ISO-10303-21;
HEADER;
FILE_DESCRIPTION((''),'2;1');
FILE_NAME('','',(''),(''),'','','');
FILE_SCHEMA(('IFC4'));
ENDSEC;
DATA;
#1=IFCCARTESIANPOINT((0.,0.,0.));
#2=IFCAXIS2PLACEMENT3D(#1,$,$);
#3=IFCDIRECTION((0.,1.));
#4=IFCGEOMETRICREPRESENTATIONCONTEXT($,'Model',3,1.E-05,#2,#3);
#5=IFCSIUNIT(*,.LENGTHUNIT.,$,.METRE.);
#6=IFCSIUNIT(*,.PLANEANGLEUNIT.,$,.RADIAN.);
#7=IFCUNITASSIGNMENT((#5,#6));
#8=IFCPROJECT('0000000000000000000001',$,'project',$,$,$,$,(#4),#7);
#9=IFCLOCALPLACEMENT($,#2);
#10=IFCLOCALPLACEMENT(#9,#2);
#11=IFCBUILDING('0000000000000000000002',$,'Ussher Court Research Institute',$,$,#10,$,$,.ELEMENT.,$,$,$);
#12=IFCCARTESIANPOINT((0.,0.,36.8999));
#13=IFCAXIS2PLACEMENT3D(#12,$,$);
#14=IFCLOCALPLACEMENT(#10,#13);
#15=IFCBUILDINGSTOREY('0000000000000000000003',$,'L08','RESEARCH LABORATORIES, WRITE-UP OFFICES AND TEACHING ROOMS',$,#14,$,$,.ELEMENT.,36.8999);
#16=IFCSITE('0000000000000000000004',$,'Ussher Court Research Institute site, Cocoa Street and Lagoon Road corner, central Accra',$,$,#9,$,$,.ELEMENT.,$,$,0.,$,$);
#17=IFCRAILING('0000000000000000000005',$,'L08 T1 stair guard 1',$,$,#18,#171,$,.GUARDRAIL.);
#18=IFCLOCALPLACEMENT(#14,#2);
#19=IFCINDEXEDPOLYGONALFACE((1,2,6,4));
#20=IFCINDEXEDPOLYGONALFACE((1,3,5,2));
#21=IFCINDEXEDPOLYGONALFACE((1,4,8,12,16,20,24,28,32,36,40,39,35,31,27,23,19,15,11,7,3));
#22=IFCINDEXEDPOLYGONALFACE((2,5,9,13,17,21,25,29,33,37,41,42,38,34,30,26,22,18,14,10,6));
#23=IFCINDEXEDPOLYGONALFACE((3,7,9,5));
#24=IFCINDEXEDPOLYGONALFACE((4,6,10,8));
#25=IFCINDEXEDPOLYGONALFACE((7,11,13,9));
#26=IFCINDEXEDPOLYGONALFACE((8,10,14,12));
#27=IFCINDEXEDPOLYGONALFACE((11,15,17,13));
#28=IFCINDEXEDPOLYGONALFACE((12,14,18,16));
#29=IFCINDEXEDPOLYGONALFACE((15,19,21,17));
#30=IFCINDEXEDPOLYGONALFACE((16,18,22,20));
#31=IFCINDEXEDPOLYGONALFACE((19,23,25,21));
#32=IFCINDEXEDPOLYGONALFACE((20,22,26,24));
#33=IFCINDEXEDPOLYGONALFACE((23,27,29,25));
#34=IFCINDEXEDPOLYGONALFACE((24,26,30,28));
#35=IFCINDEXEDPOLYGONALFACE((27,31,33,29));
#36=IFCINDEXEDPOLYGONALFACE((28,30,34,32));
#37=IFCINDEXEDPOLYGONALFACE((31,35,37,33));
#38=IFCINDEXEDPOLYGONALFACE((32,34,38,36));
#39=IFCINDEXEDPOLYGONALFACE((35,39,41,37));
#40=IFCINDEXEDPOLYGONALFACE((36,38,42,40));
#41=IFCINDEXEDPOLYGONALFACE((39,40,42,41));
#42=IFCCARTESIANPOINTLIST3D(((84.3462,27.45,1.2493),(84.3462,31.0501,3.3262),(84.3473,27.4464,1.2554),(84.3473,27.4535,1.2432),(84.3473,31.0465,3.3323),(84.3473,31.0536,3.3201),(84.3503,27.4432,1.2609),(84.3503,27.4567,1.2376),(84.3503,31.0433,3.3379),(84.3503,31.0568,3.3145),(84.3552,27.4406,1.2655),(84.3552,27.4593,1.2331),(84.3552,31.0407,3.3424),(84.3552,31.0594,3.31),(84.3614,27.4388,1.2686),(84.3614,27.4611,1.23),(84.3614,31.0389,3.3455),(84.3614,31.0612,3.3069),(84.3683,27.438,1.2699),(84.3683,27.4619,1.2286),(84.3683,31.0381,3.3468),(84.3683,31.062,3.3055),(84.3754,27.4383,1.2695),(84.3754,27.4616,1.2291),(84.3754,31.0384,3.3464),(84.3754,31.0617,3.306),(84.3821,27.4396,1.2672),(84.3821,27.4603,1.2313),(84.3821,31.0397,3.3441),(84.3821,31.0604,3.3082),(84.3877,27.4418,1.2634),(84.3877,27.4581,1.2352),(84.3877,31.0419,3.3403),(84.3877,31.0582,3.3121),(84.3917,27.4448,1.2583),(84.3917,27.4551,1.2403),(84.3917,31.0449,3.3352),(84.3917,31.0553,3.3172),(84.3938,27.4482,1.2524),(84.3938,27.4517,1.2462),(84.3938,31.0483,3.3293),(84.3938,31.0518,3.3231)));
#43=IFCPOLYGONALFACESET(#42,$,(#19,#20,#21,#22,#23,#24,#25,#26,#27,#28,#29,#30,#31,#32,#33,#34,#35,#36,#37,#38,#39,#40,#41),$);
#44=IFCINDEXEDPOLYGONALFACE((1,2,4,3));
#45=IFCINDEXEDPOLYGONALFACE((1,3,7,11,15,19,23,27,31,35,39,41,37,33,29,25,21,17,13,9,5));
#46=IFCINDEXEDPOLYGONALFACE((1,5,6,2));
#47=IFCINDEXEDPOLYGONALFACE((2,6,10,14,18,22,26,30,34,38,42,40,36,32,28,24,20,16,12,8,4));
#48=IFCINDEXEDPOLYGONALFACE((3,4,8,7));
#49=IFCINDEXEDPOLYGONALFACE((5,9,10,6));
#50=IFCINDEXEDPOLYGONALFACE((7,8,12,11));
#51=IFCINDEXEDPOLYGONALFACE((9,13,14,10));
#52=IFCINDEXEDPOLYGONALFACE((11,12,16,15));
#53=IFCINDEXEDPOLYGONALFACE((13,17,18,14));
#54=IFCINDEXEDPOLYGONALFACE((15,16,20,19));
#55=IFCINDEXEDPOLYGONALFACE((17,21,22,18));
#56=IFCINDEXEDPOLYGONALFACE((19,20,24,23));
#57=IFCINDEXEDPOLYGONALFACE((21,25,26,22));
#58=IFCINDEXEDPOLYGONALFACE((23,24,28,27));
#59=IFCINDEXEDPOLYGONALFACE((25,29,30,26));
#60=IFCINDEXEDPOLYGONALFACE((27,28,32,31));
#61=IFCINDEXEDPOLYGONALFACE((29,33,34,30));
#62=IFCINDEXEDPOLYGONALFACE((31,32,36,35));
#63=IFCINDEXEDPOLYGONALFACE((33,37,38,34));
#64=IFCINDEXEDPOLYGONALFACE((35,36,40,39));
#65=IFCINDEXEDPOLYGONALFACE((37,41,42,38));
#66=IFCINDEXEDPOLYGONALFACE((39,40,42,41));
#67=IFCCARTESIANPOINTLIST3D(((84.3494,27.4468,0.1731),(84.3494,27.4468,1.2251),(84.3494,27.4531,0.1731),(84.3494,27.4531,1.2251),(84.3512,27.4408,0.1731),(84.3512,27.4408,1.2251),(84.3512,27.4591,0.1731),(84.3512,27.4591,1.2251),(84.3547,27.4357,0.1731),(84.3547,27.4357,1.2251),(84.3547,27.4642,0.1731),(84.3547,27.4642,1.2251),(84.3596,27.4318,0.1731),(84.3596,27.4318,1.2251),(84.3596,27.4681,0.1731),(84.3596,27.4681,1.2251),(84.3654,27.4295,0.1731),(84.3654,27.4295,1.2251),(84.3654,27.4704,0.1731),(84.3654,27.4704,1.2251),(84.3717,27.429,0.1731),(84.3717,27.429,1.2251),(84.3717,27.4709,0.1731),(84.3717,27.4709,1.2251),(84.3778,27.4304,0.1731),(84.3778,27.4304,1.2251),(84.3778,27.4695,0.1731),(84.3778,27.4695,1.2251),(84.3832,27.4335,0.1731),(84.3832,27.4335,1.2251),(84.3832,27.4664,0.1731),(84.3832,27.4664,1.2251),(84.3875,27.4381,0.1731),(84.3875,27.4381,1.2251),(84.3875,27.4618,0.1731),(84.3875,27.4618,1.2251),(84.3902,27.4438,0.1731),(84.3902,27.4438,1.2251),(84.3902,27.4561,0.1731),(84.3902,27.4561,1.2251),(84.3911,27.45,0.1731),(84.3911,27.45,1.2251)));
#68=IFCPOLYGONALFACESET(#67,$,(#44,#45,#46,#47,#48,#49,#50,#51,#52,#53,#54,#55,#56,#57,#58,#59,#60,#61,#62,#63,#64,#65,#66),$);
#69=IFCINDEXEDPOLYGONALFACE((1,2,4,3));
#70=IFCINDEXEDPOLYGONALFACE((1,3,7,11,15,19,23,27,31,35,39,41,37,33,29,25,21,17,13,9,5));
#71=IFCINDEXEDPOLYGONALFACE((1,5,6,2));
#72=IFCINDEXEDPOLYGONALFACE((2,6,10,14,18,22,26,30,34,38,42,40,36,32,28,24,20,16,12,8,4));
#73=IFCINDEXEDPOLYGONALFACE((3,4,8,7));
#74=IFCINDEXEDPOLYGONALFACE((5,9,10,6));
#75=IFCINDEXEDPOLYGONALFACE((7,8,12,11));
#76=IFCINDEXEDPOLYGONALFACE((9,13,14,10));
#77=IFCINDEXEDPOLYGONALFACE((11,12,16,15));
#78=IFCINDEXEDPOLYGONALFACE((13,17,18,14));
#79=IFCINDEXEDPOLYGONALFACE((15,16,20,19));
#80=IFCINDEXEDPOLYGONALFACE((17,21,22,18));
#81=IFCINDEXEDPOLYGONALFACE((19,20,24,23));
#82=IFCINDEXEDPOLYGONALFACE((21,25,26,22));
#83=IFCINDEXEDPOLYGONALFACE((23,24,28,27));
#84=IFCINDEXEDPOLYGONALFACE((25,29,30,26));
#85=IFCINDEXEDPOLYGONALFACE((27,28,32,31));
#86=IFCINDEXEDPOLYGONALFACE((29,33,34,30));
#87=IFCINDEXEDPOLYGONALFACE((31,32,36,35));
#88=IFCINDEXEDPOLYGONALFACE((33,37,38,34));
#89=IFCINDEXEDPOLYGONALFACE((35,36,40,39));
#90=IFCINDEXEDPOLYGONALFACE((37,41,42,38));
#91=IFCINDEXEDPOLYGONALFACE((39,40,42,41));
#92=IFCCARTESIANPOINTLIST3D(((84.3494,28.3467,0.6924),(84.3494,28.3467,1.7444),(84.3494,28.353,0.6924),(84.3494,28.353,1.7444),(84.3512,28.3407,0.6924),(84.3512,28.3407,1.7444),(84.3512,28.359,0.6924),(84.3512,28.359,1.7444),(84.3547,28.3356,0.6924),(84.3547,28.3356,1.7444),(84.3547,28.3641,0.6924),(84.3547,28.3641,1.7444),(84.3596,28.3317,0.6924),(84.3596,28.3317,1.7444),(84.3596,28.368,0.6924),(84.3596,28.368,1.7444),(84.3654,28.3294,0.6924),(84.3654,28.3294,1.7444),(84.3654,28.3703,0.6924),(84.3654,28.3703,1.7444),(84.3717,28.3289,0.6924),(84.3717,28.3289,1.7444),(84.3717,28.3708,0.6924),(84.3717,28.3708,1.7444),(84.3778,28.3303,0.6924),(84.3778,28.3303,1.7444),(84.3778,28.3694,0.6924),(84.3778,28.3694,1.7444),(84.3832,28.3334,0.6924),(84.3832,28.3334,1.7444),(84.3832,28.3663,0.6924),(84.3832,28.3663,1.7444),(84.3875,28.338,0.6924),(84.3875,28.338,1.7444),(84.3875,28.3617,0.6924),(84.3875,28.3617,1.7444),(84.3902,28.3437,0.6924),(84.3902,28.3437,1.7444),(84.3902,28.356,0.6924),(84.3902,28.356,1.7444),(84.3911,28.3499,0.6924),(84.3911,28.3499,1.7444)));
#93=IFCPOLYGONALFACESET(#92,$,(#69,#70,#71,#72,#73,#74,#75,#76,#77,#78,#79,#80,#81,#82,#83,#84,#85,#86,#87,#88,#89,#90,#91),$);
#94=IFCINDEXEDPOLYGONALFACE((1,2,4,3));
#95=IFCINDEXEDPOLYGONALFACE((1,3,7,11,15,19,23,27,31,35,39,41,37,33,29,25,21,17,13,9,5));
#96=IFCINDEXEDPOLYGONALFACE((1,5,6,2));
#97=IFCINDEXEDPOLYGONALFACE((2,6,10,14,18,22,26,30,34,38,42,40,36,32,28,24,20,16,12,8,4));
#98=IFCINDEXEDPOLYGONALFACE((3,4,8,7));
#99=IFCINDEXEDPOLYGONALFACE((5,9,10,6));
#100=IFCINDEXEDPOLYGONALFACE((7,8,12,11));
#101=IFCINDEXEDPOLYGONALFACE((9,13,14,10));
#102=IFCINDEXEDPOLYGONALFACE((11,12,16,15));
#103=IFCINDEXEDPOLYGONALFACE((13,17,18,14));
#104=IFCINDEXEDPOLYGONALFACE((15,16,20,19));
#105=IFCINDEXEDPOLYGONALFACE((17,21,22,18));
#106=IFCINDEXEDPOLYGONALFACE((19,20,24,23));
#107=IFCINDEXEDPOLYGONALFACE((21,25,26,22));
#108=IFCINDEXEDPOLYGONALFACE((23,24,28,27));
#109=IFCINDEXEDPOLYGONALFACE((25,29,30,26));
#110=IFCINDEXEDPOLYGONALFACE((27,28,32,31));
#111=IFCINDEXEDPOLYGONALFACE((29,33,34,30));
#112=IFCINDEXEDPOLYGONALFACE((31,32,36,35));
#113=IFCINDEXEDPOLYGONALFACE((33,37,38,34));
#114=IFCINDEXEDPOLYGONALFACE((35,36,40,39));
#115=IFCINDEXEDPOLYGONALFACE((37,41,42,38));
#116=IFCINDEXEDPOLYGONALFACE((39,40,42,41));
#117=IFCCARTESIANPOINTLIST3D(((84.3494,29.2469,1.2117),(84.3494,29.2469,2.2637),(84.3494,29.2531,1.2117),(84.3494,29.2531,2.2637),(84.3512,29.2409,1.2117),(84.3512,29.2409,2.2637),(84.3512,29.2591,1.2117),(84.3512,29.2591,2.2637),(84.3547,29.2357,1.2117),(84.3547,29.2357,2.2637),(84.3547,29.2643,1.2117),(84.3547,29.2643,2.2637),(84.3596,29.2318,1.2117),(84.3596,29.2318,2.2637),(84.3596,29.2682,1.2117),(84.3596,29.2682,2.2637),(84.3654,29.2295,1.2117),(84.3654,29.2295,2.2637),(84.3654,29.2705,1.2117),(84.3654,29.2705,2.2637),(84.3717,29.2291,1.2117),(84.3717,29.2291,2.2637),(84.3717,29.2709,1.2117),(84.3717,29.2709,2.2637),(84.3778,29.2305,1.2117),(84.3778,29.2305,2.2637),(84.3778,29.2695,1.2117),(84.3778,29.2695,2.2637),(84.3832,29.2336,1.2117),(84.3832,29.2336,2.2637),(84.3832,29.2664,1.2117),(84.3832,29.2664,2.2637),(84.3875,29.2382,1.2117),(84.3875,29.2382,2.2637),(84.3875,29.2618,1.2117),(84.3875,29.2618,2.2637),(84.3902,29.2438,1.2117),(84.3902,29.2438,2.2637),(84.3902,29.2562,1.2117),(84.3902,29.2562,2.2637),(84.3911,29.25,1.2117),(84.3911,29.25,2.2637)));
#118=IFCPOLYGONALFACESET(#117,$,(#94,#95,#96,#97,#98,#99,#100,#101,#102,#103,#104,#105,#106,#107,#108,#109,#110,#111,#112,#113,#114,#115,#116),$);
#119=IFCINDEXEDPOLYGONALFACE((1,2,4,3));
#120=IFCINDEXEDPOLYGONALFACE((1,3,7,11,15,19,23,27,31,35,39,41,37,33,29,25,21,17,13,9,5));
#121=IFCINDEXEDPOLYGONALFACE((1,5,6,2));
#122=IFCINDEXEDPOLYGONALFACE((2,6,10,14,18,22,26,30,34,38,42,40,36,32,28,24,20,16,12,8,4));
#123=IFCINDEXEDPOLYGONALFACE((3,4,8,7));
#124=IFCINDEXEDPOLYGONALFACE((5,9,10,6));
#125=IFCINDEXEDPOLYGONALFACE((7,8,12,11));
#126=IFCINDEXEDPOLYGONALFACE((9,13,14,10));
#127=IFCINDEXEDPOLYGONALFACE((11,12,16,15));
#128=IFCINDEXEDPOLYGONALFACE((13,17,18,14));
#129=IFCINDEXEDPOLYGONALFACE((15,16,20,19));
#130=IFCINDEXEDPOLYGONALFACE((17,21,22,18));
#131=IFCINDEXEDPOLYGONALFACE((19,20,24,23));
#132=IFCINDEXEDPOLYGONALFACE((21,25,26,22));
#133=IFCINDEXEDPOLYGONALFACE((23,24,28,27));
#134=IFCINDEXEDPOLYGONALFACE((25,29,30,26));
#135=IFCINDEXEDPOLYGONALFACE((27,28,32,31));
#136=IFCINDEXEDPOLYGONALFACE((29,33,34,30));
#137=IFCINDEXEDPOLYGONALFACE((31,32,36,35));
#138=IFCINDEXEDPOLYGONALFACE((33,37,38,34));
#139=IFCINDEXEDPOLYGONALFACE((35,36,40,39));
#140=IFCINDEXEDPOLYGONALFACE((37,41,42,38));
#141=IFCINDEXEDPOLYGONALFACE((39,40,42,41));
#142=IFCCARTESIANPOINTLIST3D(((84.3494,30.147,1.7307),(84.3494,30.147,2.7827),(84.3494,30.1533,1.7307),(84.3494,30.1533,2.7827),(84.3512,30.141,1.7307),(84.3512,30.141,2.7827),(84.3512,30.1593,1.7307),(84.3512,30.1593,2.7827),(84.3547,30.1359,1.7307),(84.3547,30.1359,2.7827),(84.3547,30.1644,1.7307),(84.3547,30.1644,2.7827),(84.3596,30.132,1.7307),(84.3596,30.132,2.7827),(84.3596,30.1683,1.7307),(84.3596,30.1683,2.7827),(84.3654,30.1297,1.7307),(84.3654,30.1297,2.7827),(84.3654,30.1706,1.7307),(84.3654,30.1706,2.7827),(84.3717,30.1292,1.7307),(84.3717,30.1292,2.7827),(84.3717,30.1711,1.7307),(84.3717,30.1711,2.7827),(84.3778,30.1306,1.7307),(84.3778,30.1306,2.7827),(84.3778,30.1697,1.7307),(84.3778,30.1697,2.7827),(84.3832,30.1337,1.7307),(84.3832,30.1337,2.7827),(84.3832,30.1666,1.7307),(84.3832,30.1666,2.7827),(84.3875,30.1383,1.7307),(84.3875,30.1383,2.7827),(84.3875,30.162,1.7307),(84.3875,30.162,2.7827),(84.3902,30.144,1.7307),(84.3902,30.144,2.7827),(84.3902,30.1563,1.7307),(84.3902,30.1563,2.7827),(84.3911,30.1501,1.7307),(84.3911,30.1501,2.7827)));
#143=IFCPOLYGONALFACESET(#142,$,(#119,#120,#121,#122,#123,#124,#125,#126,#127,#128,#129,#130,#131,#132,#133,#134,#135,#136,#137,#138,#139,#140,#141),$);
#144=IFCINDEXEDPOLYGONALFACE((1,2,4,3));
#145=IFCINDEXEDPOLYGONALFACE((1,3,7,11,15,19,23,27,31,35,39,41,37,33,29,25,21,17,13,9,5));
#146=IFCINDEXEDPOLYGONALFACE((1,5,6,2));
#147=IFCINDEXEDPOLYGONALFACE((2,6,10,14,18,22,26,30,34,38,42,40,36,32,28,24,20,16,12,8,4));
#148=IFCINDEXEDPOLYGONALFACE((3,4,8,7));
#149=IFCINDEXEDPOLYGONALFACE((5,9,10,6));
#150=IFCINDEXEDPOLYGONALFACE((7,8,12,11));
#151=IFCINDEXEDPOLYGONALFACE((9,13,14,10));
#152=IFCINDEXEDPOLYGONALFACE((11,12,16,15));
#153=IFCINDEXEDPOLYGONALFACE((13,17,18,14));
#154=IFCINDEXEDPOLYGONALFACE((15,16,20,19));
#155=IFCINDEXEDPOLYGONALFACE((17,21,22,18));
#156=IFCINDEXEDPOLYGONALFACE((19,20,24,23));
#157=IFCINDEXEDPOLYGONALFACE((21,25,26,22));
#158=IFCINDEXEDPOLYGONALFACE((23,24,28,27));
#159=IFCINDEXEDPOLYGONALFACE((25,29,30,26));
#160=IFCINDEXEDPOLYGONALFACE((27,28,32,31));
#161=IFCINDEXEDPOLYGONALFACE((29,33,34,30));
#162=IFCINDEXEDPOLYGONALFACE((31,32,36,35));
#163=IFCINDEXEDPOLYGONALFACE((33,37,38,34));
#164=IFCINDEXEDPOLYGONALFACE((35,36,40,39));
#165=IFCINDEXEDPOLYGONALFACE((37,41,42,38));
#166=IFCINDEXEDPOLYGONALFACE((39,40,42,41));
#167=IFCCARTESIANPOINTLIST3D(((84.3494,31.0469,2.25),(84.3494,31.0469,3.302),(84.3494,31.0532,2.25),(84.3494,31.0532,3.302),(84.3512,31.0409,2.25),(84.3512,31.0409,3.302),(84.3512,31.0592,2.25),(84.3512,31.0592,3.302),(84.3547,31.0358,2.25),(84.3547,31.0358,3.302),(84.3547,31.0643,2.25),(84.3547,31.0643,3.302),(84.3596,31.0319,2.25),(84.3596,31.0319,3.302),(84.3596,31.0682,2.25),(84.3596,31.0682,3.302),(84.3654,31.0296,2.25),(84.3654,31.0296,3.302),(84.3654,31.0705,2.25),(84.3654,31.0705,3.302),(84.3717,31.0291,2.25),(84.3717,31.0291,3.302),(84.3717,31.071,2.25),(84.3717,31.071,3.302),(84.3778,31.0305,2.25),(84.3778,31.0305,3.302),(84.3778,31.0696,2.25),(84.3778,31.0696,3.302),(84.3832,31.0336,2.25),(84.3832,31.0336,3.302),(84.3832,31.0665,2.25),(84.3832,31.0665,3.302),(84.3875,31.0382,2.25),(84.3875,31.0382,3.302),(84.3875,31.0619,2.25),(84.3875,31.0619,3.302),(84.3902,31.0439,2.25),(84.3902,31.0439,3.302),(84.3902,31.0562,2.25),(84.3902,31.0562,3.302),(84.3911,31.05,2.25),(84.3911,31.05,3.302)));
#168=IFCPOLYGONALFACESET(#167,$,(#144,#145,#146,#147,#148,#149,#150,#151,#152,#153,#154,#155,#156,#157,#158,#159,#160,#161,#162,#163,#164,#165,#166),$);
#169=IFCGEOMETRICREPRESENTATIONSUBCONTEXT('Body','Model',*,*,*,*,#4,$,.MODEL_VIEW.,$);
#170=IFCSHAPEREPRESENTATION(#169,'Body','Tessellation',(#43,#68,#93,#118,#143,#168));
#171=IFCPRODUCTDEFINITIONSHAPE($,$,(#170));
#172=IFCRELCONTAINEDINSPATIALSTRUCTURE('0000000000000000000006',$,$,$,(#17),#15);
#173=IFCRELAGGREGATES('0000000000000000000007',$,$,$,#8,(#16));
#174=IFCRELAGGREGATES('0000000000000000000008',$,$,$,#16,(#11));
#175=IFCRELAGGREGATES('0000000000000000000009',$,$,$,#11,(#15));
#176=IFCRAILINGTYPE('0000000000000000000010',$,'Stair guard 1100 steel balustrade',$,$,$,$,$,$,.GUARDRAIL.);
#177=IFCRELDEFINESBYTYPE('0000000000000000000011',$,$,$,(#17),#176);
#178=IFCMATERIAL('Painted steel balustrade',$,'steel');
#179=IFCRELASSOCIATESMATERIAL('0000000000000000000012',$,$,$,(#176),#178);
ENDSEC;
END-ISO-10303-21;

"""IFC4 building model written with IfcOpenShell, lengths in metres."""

from ifc_helpers import new_model, si_unit, direction, frame, origin, origin_2d, place, context, subcontext, project, spatial, circle, extrude, material, type_object, element, save


model = new_model("IFC4")

# Units and contexts
model_context = context("Model", 3, precision=1e-05, world=origin(), true_north=direction((0.0, 1.0)))
body_context = subcontext(model_context, "Body", "Model", "MODEL_VIEW")
ifc_project = project(units=[si_unit("LENGTHUNIT", "METRE"), si_unit("PLANEANGLEUNIT", "RADIAN")], contexts=[model_context])

# Site, building, storey
site_placement = place(None, origin())
site = spatial("IfcSite", under=ifc_project, at=site_placement, Name="Ussher Court Research Institute site, Cocoa Street and Lagoon Road corner, central Accra", CompositionType="ELEMENT", RefElevation=0.0)
building_placement = place(site_placement, origin())
building = spatial("IfcBuilding", under=site, at=building_placement, Name="Ussher Court Research Institute", CompositionType="ELEMENT")
storey_placement = place(building_placement, frame((0.0, 0.0, 36.8999)))
storey = spatial("IfcBuildingStorey", under=building, at=storey_placement, Name="L08", Description="RESEARCH LABORATORIES, WRITE-UP OFFICES AND TEACHING ROOMS", CompositionType="ELEMENT", Elevation=36.8999)

# Railing
ifc_material_1 = material(Name="Painted steel balustrade", Category="steel")
railing_type_1 = type_object("IfcRailingType", Name="Stair guard 1100 steel balustrade", PredefinedType="GUARDRAIL", material=ifc_material_1)
railing_1_placement = place(storey_placement, frame((84.3701, 27.45, 0.1731)))
element("IfcRailing", 1, at=railing_1_placement, inside=storey, type_object=railing_type_1, Name="L08 T1 stair guard 1", PredefinedType="GUARDRAIL", context=body_context, shape_type="SweptSolid", body=[
    extrude(circle(Radius=0.0239, at=origin_2d()), frame((0.0, 0.0, 1.0762), z_axis=(0.0, 0.866193, 0.499709), x_axis=(-1.0, 0.0, 0.0)), (0.0, 0.0, 1.0), 4.1562),
    extrude(circle(Radius=0.021, at=origin_2d()), origin(), (0.0, 0.0, 1.0), 1.052),
    extrude(circle(Radius=0.021, at=origin_2d()), frame((0.0, 0.8999, 0.5193)), (0.0, 0.0, 1.0), 1.052),
    extrude(circle(Radius=0.021, at=origin_2d()), frame((0.0, 1.8, 1.0386)), (0.0, 0.0, 1.0), 1.052),
    extrude(circle(Radius=0.021, at=origin_2d()), frame((0.0, 2.7002, 1.5576)), (0.0, 0.0, 1.0), 1.052),
    extrude(circle(Radius=0.021, at=origin_2d()), frame((0.0, 3.6001, 2.0769)), (0.0, 0.0, 1.0), 1.052),
])

save(model, "model.ifc")
